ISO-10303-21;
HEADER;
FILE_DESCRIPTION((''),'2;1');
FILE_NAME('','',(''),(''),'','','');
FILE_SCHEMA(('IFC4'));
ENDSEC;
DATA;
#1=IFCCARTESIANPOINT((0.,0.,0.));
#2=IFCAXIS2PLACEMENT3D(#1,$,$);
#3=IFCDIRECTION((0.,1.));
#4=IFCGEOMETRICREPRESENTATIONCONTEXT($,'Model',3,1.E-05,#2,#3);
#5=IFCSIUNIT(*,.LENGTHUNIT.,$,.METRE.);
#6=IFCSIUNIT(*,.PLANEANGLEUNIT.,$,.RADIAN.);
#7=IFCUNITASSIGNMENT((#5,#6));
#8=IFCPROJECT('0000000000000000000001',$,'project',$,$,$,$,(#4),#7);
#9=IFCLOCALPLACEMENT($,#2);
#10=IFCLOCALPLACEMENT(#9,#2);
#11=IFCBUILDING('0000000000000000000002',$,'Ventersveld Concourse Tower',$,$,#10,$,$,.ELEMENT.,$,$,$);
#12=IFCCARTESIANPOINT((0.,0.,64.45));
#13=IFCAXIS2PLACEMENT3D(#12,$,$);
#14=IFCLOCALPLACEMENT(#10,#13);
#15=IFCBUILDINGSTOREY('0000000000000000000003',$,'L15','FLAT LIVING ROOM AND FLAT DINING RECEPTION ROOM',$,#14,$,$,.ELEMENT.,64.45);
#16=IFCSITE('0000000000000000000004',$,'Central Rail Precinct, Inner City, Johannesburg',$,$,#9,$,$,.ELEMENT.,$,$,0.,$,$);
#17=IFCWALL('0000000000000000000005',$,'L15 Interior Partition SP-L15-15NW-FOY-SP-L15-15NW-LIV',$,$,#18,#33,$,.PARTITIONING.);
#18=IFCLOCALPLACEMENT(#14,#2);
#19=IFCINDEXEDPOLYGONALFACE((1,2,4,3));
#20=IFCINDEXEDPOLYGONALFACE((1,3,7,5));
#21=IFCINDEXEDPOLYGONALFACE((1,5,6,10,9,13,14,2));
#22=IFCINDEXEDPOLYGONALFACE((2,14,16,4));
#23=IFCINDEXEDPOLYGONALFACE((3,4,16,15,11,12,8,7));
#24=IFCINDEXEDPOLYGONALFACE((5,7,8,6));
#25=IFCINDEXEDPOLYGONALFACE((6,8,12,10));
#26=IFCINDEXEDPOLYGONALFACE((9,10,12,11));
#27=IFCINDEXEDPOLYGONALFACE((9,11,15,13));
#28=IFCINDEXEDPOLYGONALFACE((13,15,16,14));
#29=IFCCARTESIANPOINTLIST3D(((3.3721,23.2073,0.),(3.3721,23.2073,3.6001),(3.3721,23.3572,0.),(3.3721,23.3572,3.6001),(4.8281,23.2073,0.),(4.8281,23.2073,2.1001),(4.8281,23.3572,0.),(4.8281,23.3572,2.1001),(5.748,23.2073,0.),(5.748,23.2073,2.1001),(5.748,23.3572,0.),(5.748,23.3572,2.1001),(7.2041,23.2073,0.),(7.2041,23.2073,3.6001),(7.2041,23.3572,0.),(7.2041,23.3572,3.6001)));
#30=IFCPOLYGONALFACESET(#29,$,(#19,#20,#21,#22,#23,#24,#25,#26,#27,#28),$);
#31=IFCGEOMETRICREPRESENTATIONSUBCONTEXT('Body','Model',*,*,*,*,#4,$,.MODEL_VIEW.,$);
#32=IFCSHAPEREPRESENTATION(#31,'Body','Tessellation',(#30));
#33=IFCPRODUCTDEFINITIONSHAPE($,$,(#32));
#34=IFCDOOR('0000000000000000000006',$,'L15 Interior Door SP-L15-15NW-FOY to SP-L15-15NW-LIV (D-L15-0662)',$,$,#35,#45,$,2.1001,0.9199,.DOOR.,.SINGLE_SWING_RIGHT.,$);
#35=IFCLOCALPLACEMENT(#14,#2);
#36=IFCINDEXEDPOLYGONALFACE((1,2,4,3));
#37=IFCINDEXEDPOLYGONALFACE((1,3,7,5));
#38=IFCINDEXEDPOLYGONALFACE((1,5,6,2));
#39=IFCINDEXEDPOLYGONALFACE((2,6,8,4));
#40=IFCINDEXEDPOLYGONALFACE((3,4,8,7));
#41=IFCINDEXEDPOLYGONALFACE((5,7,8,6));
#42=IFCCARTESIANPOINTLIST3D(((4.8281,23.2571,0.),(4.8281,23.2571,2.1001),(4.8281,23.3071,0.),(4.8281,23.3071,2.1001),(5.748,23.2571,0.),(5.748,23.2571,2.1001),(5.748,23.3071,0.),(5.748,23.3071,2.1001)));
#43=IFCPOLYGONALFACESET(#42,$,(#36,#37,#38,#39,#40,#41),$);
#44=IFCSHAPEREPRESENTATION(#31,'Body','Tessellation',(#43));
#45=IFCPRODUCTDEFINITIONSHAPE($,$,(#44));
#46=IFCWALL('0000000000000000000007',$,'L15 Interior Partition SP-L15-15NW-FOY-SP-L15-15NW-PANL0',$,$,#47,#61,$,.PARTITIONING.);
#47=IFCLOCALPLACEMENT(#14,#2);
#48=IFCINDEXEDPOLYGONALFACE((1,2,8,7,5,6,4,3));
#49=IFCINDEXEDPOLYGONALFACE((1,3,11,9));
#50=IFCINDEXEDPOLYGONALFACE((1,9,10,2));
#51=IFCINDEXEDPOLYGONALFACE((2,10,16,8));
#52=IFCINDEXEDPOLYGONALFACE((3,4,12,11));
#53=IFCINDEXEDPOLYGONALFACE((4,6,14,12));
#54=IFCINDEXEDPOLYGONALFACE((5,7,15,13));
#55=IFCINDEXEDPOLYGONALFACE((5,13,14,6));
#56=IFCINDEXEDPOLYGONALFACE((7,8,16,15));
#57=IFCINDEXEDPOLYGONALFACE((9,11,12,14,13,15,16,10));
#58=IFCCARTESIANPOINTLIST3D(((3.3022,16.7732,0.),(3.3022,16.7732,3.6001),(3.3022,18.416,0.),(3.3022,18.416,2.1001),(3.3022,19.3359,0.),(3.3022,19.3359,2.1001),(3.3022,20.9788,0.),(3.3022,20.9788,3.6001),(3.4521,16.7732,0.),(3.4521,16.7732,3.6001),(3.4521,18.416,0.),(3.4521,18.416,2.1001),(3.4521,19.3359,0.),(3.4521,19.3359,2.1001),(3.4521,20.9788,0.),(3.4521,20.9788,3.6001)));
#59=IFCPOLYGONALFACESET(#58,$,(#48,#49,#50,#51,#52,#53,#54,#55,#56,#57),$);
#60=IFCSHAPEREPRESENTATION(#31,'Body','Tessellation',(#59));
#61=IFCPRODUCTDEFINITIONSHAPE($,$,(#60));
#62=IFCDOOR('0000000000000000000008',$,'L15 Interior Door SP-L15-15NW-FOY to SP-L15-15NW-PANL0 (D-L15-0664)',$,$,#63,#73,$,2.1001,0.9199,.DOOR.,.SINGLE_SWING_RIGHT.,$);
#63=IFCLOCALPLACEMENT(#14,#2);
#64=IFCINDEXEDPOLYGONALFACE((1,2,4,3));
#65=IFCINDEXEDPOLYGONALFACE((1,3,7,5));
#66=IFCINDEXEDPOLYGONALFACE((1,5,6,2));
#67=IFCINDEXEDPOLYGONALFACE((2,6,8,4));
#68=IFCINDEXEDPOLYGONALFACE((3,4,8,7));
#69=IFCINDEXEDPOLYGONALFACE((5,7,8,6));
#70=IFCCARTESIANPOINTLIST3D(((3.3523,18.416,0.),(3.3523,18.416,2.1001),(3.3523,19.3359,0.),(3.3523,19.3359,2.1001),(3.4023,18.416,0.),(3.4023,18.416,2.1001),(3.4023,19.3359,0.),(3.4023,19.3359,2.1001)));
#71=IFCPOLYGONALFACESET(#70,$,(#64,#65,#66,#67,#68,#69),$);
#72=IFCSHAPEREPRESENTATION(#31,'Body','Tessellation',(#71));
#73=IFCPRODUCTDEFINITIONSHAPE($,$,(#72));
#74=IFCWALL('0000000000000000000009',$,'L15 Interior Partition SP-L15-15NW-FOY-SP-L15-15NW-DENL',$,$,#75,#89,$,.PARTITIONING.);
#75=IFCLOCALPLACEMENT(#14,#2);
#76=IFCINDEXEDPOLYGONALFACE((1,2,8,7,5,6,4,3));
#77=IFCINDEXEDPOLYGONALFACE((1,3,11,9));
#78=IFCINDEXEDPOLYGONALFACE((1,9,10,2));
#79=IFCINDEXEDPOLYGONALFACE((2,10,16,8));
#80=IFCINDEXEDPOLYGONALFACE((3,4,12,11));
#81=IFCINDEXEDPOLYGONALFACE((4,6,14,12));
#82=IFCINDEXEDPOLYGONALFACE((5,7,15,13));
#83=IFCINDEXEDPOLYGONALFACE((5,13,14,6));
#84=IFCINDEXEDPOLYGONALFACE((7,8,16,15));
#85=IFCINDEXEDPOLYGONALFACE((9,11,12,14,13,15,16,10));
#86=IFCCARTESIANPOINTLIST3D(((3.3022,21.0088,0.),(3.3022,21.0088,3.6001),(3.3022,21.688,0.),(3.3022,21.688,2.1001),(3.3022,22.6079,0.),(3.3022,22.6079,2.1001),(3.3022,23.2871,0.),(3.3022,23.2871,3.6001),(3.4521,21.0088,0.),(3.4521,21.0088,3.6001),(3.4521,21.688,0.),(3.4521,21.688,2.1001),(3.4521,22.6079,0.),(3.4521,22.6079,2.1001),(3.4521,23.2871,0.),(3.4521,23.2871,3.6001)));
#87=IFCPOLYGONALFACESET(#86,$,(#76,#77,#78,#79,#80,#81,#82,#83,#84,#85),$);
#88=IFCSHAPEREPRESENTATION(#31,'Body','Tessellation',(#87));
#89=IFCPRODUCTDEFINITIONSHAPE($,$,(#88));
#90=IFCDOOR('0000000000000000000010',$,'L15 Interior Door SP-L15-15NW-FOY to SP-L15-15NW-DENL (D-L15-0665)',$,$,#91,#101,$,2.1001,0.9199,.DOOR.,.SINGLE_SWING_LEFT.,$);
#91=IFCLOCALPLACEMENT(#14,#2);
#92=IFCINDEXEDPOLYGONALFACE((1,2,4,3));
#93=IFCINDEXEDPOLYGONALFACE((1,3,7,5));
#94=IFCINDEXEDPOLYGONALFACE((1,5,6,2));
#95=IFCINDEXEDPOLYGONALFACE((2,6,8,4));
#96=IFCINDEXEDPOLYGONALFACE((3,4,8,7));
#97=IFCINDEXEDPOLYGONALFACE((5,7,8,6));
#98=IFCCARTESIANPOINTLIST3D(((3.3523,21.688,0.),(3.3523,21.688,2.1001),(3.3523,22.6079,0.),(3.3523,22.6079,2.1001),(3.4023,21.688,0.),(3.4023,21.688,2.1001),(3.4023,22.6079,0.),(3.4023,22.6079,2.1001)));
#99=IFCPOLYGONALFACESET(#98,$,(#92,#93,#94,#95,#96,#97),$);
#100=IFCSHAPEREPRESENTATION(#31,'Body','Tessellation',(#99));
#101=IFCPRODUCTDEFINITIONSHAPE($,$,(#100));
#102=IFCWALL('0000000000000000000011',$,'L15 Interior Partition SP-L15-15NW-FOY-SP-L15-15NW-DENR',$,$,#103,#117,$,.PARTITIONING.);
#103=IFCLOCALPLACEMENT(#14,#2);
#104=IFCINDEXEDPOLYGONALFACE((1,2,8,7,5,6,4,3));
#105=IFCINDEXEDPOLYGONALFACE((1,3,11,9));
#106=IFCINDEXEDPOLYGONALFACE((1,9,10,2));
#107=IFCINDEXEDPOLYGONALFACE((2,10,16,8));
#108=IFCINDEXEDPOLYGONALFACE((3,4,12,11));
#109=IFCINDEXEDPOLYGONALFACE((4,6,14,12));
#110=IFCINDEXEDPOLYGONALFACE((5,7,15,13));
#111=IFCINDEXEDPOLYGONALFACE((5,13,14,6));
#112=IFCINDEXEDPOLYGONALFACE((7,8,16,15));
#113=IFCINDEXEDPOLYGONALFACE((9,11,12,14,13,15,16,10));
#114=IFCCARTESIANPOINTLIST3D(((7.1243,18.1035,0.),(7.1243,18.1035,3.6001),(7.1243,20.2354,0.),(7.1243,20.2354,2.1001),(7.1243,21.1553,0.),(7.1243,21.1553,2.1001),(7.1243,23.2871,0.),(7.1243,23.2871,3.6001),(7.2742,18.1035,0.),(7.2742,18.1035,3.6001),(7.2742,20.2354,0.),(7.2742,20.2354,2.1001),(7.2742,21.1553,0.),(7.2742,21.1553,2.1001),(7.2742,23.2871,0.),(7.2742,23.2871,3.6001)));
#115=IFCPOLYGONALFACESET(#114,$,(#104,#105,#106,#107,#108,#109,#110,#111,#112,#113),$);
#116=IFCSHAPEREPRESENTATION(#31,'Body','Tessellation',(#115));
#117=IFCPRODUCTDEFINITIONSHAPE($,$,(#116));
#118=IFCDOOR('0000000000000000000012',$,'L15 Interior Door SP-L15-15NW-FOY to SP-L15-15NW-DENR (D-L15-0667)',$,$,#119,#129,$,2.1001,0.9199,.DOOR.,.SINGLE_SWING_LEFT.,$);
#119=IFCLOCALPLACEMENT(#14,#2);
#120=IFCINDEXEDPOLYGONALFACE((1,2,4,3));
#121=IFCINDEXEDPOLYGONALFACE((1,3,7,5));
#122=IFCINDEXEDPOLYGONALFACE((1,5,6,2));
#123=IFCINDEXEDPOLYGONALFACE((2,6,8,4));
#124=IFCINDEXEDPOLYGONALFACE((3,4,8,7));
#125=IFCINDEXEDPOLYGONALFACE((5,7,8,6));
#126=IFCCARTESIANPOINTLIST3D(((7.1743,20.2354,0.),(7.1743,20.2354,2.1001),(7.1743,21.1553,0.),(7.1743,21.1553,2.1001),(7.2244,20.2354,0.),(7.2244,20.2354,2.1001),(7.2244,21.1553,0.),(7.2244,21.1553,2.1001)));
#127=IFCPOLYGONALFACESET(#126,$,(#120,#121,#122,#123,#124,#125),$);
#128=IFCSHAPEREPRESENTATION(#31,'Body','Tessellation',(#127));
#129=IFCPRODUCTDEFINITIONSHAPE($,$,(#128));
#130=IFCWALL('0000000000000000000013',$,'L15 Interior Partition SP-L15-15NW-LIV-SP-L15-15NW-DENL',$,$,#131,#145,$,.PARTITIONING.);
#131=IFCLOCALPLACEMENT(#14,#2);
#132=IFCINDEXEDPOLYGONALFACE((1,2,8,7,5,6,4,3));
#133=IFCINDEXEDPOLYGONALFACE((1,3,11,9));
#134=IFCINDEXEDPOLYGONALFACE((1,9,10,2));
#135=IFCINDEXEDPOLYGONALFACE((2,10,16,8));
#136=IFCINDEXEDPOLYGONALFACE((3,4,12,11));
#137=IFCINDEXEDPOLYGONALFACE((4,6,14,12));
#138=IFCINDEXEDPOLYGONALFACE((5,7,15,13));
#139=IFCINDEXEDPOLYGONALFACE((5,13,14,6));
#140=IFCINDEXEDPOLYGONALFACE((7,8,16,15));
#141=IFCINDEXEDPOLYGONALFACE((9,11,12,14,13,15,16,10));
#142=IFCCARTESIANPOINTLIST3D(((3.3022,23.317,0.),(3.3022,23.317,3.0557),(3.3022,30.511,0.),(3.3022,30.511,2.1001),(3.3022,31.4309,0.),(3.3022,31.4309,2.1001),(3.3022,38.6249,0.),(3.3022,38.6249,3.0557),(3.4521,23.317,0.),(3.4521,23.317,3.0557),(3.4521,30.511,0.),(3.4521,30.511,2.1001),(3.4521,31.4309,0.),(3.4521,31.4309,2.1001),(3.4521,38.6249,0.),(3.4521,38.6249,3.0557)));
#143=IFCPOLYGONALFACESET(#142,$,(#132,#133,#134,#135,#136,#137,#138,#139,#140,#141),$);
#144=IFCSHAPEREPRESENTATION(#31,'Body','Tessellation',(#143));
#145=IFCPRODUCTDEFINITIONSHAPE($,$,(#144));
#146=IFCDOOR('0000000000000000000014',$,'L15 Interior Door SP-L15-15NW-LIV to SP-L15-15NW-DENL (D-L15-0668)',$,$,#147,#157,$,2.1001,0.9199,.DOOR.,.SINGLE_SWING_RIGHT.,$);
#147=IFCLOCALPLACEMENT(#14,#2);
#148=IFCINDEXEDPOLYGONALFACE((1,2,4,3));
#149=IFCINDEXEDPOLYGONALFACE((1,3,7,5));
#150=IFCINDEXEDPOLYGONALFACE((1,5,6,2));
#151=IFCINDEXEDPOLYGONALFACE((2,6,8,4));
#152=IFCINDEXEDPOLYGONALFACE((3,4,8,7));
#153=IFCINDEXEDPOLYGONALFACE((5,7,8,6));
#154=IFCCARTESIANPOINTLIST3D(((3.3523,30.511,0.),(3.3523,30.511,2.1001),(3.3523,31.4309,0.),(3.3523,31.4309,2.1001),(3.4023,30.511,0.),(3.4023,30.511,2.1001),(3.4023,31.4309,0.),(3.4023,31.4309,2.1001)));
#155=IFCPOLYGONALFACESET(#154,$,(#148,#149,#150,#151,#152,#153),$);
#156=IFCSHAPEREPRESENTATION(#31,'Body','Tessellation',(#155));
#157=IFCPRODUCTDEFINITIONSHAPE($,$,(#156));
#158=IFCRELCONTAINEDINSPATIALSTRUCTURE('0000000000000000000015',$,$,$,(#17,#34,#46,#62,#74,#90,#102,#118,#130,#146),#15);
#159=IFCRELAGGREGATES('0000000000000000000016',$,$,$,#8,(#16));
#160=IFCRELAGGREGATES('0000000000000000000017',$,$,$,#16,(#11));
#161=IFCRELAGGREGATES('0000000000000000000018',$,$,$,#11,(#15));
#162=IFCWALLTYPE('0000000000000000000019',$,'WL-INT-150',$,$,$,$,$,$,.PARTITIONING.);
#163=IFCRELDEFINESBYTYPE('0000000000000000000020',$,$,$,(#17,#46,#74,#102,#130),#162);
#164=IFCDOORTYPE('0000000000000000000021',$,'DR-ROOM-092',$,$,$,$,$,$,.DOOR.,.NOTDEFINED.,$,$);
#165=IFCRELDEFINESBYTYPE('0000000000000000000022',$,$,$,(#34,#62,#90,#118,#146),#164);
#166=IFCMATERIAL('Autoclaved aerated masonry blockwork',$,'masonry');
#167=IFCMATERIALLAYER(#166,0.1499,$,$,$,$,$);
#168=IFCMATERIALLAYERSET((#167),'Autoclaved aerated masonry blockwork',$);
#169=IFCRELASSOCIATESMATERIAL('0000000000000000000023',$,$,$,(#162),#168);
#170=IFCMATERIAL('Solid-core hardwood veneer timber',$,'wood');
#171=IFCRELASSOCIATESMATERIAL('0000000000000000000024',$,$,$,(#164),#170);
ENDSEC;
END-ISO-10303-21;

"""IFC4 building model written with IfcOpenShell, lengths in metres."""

from ifc_helpers import new_model, si_unit, direction, frame, frame_2d, origin, place, context, subcontext, project, spatial, rectangle, extrude, material, layer, layer_set, type_object, element, fill, save


model = new_model("IFC4")

# Units and contexts
model_context = context("Model", 3, precision=1e-05, world=origin(), true_north=direction((0.0, 1.0)))
body_context = subcontext(model_context, "Body", "Model", "MODEL_VIEW")
ifc_project = project(units=[si_unit("LENGTHUNIT", "METRE"), si_unit("PLANEANGLEUNIT", "RADIAN")], contexts=[model_context])

# Site, building, storey
site_placement = place(None, origin())
site = spatial("IfcSite", under=ifc_project, at=site_placement, Name="Central Rail Precinct, Inner City, Johannesburg", CompositionType="ELEMENT", RefElevation=0.0)
building_placement = place(site_placement, origin())
building = spatial("IfcBuilding", under=site, at=building_placement, Name="Ventersveld Concourse Tower", CompositionType="ELEMENT")
storey_placement = place(building_placement, frame((0.0, 0.0, 64.45)))
storey = spatial("IfcBuildingStorey", under=building, at=storey_placement, Name="L15", Description="FLAT LIVING ROOM AND FLAT DINING RECEPTION ROOM", CompositionType="ELEMENT", Elevation=64.45)

# Walls, openings, doors
ifc_material_1 = material(Name="Autoclaved aerated masonry blockwork", Category="masonry")
ifc_layer_1 = layer(ifc_material_1, 0.1499)
ifc_layer_set_1 = layer_set([ifc_layer_1], Name="Autoclaved aerated masonry blockwork")
wall_type_1 = type_object("IfcWallType", Name="WL-INT-150", PredefinedType="PARTITIONING", material=ifc_layer_set_1)
wall_1_placement = place(storey_placement, frame((3.3721, 23.2822, 0.0), z_axis=(0.0, 0.0, 1.0), x_axis=(1.0, 0.0, 0.0)))
wall_1 = element("IfcWall", 1, at=wall_1_placement, inside=storey, type_object=wall_type_1, Name="L15 Interior Partition SP-L15-15NW-FOY-SP-L15-15NW-LIV", PredefinedType="PARTITIONING", context=body_context, shape_type="SweptSolid", body=[
    extrude(rectangle(XDim=3.832, YDim=0.1499, at=frame_2d((1.916, 0.0))), origin(), (0.0, 0.0, 1.0), 3.6001),
])
opening_1_placement = place(wall_1_placement, frame((1.4561, 0.0, 0.0)))
opening_1 = element("IfcOpeningElement", 2, at=opening_1_placement, cuts=wall_1, PredefinedType="OPENING", context=body_context, shape_type="SweptSolid", body=[
    extrude(rectangle(XDim=0.9199, YDim=2.1001, at=frame_2d((0.46, 1.05))), frame((0.0, 0.085, 0.0), z_axis=(0.0, -1.0, 0.0), x_axis=(1.0, 0.0, 0.0)), (0.0, 0.0, 1.0), 0.1699),
])
ifc_material_2 = material(Name="Solid-core hardwood veneer timber", Category="wood")
door_type = type_object("IfcDoorType", Name="DR-ROOM-092", OperationType="NOTDEFINED", PredefinedType="DOOR", material=ifc_material_2)
door_1_placement = place(opening_1_placement, origin())
door_1 = element("IfcDoor", 3, at=door_1_placement, inside=storey, type_object=door_type, Name="L15 Interior Door SP-L15-15NW-FOY to SP-L15-15NW-LIV (D-L15-0662)", OperationType="SINGLE_SWING_RIGHT", OverallHeight=2.1001, OverallWidth=0.9199, PredefinedType="DOOR", context=body_context, shape_type="SweptSolid", body=[
    extrude(rectangle(XDim=0.9199, YDim=2.1001, at=frame_2d((0.46, 1.05))), frame((0.0, 0.0249, 0.0), z_axis=(0.0, -1.0, 0.0), x_axis=(1.0, 0.0, 0.0)), (0.0, 0.0, 1.0), 0.05),
])
fill(opening_1, door_1)
wall_2_placement = place(storey_placement, frame((3.3772, 16.7732, 0.0), z_axis=(0.0, 0.0, 1.0), x_axis=(0.0, 1.0, 0.0)))
wall_2 = element("IfcWall", 4, at=wall_2_placement, inside=storey, type_object=wall_type_1, Name="L15 Interior Partition SP-L15-15NW-FOY-SP-L15-15NW-PANL0", PredefinedType="PARTITIONING", context=body_context, shape_type="SweptSolid", body=[
    extrude(rectangle(XDim=4.2056, YDim=0.1499, at=frame_2d((2.1028, 0.0))), origin(), (0.0, 0.0, 1.0), 3.6001),
])
opening_2_placement = place(wall_2_placement, frame((1.6428, 0.0, 0.0)))
opening_2 = element("IfcOpeningElement", 5, at=opening_2_placement, cuts=wall_2, PredefinedType="OPENING", context=body_context, shape_type="SweptSolid", body=[
    extrude(rectangle(XDim=0.9199, YDim=2.1001, at=frame_2d((0.46, 1.05))), frame((0.0, 0.085, 0.0), z_axis=(0.0, -1.0, 0.0), x_axis=(1.0, 0.0, 0.0)), (0.0, 0.0, 1.0), 0.1699),
])
door_2_placement = place(opening_2_placement, origin())
door_2 = element("IfcDoor", 6, at=door_2_placement, inside=storey, type_object=door_type, Name="L15 Interior Door SP-L15-15NW-FOY to SP-L15-15NW-PANL0 (D-L15-0664)", OperationType="SINGLE_SWING_RIGHT", OverallHeight=2.1001, OverallWidth=0.9199, PredefinedType="DOOR", context=body_context, shape_type="SweptSolid", body=[
    extrude(rectangle(XDim=0.9199, YDim=2.1001, at=frame_2d((0.46, 1.05))), frame((0.0, 0.0249, 0.0), z_axis=(0.0, -1.0, 0.0), x_axis=(1.0, 0.0, 0.0)), (0.0, 0.0, 1.0), 0.05),
])
fill(opening_2, door_2)
wall_3_placement = place(storey_placement, frame((3.3772, 21.0088, 0.0), z_axis=(0.0, 0.0, 1.0), x_axis=(0.0, 1.0, 0.0)))
wall_3 = element("IfcWall", 7, at=wall_3_placement, inside=storey, type_object=wall_type_1, Name="L15 Interior Partition SP-L15-15NW-FOY-SP-L15-15NW-DENL", PredefinedType="PARTITIONING", context=body_context, shape_type="SweptSolid", body=[
    extrude(rectangle(XDim=2.2783, YDim=0.1499, at=frame_2d((1.1392, 0.0))), origin(), (0.0, 0.0, 1.0), 3.6001),
])
opening_3_placement = place(wall_3_placement, frame((0.6792, 0.0, 0.0)))
opening_3 = element("IfcOpeningElement", 8, at=opening_3_placement, cuts=wall_3, PredefinedType="OPENING", context=body_context, shape_type="SweptSolid", body=[
    extrude(rectangle(XDim=0.9199, YDim=2.1001, at=frame_2d((0.46, 1.05))), frame((0.0, 0.085, 0.0), z_axis=(0.0, -1.0, 0.0), x_axis=(1.0, 0.0, 0.0)), (0.0, 0.0, 1.0), 0.1699),
])
door_3_placement = place(opening_3_placement, origin())
door_3 = element("IfcDoor", 9, at=door_3_placement, inside=storey, type_object=door_type, Name="L15 Interior Door SP-L15-15NW-FOY to SP-L15-15NW-DENL (D-L15-0665)", OperationType="SINGLE_SWING_LEFT", OverallHeight=2.1001, OverallWidth=0.9199, PredefinedType="DOOR", context=body_context, shape_type="SweptSolid", body=[
    extrude(rectangle(XDim=0.9199, YDim=2.1001, at=frame_2d((0.46, 1.05))), frame((0.0, 0.0249, 0.0), z_axis=(0.0, -1.0, 0.0), x_axis=(1.0, 0.0, 0.0)), (0.0, 0.0, 1.0), 0.05),
])
fill(opening_3, door_3)
wall_4_placement = place(storey_placement, frame((7.1992, 18.1035, 0.0), z_axis=(0.0, 0.0, 1.0), x_axis=(0.0, 1.0, 0.0)))
wall_4 = element("IfcWall", 10, at=wall_4_placement, inside=storey, type_object=wall_type_1, Name="L15 Interior Partition SP-L15-15NW-FOY-SP-L15-15NW-DENR", PredefinedType="PARTITIONING", context=body_context, shape_type="SweptSolid", body=[
    extrude(rectangle(XDim=5.1836, YDim=0.1499, at=frame_2d((2.5918, 0.0))), origin(), (0.0, 0.0, 1.0), 3.6001),
])
opening_4_placement = place(wall_4_placement, frame((2.1318, 0.0, 0.0)))
opening_4 = element("IfcOpeningElement", 11, at=opening_4_placement, cuts=wall_4, PredefinedType="OPENING", context=body_context, shape_type="SweptSolid", body=[
    extrude(rectangle(XDim=0.9199, YDim=2.1001, at=frame_2d((0.46, 1.05))), frame((0.0, 0.085, 0.0), z_axis=(0.0, -1.0, 0.0), x_axis=(1.0, 0.0, 0.0)), (0.0, 0.0, 1.0), 0.1699),
])
door_4_placement = place(opening_4_placement, origin())
door_4 = element("IfcDoor", 12, at=door_4_placement, inside=storey, type_object=door_type, Name="L15 Interior Door SP-L15-15NW-FOY to SP-L15-15NW-DENR (D-L15-0667)", OperationType="SINGLE_SWING_LEFT", OverallHeight=2.1001, OverallWidth=0.9199, PredefinedType="DOOR", context=body_context, shape_type="SweptSolid", body=[
    extrude(rectangle(XDim=0.9199, YDim=2.1001, at=frame_2d((0.46, 1.05))), frame((0.0, 0.0249, 0.0), z_axis=(0.0, -1.0, 0.0), x_axis=(1.0, 0.0, 0.0)), (0.0, 0.0, 1.0), 0.05),
])
fill(opening_4, door_4)
wall_5_placement = place(storey_placement, frame((3.3772, 23.3171, 0.0), z_axis=(0.0, 0.0, 1.0), x_axis=(0.0, 1.0, 0.0)))
wall_5 = element("IfcWall", 13, at=wall_5_placement, inside=storey, type_object=wall_type_1, Name="L15 Interior Partition SP-L15-15NW-LIV-SP-L15-15NW-DENL", PredefinedType="PARTITIONING", context=body_context, shape_type="SweptSolid", body=[
    extrude(rectangle(XDim=15.3079, YDim=0.1499, at=frame_2d((7.6538, 0.0))), origin(), (0.0, 0.0, 1.0), 3.0557),
])
opening_5_placement = place(wall_5_placement, frame((7.1938, 0.0, 0.0)))
opening_5 = element("IfcOpeningElement", 14, at=opening_5_placement, cuts=wall_5, PredefinedType="OPENING", context=body_context, shape_type="SweptSolid", body=[
    extrude(rectangle(XDim=0.9199, YDim=2.1001, at=frame_2d((0.46, 1.05))), frame((0.0, 0.085, 0.0), z_axis=(0.0, -1.0, 0.0), x_axis=(1.0, 0.0, 0.0)), (0.0, 0.0, 1.0), 0.1699),
])
door_5_placement = place(opening_5_placement, origin())
door_5 = element("IfcDoor", 15, at=door_5_placement, inside=storey, type_object=door_type, Name="L15 Interior Door SP-L15-15NW-LIV to SP-L15-15NW-DENL (D-L15-0668)", OperationType="SINGLE_SWING_RIGHT", OverallHeight=2.1001, OverallWidth=0.9199, PredefinedType="DOOR", context=body_context, shape_type="SweptSolid", body=[
    extrude(rectangle(XDim=0.9199, YDim=2.1001, at=frame_2d((0.46, 1.05))), frame((0.0, 0.0249, 0.0), z_axis=(0.0, -1.0, 0.0), x_axis=(1.0, 0.0, 0.0)), (0.0, 0.0, 1.0), 0.05),
])
fill(opening_5, door_5)

save(model, "model.ifc")
